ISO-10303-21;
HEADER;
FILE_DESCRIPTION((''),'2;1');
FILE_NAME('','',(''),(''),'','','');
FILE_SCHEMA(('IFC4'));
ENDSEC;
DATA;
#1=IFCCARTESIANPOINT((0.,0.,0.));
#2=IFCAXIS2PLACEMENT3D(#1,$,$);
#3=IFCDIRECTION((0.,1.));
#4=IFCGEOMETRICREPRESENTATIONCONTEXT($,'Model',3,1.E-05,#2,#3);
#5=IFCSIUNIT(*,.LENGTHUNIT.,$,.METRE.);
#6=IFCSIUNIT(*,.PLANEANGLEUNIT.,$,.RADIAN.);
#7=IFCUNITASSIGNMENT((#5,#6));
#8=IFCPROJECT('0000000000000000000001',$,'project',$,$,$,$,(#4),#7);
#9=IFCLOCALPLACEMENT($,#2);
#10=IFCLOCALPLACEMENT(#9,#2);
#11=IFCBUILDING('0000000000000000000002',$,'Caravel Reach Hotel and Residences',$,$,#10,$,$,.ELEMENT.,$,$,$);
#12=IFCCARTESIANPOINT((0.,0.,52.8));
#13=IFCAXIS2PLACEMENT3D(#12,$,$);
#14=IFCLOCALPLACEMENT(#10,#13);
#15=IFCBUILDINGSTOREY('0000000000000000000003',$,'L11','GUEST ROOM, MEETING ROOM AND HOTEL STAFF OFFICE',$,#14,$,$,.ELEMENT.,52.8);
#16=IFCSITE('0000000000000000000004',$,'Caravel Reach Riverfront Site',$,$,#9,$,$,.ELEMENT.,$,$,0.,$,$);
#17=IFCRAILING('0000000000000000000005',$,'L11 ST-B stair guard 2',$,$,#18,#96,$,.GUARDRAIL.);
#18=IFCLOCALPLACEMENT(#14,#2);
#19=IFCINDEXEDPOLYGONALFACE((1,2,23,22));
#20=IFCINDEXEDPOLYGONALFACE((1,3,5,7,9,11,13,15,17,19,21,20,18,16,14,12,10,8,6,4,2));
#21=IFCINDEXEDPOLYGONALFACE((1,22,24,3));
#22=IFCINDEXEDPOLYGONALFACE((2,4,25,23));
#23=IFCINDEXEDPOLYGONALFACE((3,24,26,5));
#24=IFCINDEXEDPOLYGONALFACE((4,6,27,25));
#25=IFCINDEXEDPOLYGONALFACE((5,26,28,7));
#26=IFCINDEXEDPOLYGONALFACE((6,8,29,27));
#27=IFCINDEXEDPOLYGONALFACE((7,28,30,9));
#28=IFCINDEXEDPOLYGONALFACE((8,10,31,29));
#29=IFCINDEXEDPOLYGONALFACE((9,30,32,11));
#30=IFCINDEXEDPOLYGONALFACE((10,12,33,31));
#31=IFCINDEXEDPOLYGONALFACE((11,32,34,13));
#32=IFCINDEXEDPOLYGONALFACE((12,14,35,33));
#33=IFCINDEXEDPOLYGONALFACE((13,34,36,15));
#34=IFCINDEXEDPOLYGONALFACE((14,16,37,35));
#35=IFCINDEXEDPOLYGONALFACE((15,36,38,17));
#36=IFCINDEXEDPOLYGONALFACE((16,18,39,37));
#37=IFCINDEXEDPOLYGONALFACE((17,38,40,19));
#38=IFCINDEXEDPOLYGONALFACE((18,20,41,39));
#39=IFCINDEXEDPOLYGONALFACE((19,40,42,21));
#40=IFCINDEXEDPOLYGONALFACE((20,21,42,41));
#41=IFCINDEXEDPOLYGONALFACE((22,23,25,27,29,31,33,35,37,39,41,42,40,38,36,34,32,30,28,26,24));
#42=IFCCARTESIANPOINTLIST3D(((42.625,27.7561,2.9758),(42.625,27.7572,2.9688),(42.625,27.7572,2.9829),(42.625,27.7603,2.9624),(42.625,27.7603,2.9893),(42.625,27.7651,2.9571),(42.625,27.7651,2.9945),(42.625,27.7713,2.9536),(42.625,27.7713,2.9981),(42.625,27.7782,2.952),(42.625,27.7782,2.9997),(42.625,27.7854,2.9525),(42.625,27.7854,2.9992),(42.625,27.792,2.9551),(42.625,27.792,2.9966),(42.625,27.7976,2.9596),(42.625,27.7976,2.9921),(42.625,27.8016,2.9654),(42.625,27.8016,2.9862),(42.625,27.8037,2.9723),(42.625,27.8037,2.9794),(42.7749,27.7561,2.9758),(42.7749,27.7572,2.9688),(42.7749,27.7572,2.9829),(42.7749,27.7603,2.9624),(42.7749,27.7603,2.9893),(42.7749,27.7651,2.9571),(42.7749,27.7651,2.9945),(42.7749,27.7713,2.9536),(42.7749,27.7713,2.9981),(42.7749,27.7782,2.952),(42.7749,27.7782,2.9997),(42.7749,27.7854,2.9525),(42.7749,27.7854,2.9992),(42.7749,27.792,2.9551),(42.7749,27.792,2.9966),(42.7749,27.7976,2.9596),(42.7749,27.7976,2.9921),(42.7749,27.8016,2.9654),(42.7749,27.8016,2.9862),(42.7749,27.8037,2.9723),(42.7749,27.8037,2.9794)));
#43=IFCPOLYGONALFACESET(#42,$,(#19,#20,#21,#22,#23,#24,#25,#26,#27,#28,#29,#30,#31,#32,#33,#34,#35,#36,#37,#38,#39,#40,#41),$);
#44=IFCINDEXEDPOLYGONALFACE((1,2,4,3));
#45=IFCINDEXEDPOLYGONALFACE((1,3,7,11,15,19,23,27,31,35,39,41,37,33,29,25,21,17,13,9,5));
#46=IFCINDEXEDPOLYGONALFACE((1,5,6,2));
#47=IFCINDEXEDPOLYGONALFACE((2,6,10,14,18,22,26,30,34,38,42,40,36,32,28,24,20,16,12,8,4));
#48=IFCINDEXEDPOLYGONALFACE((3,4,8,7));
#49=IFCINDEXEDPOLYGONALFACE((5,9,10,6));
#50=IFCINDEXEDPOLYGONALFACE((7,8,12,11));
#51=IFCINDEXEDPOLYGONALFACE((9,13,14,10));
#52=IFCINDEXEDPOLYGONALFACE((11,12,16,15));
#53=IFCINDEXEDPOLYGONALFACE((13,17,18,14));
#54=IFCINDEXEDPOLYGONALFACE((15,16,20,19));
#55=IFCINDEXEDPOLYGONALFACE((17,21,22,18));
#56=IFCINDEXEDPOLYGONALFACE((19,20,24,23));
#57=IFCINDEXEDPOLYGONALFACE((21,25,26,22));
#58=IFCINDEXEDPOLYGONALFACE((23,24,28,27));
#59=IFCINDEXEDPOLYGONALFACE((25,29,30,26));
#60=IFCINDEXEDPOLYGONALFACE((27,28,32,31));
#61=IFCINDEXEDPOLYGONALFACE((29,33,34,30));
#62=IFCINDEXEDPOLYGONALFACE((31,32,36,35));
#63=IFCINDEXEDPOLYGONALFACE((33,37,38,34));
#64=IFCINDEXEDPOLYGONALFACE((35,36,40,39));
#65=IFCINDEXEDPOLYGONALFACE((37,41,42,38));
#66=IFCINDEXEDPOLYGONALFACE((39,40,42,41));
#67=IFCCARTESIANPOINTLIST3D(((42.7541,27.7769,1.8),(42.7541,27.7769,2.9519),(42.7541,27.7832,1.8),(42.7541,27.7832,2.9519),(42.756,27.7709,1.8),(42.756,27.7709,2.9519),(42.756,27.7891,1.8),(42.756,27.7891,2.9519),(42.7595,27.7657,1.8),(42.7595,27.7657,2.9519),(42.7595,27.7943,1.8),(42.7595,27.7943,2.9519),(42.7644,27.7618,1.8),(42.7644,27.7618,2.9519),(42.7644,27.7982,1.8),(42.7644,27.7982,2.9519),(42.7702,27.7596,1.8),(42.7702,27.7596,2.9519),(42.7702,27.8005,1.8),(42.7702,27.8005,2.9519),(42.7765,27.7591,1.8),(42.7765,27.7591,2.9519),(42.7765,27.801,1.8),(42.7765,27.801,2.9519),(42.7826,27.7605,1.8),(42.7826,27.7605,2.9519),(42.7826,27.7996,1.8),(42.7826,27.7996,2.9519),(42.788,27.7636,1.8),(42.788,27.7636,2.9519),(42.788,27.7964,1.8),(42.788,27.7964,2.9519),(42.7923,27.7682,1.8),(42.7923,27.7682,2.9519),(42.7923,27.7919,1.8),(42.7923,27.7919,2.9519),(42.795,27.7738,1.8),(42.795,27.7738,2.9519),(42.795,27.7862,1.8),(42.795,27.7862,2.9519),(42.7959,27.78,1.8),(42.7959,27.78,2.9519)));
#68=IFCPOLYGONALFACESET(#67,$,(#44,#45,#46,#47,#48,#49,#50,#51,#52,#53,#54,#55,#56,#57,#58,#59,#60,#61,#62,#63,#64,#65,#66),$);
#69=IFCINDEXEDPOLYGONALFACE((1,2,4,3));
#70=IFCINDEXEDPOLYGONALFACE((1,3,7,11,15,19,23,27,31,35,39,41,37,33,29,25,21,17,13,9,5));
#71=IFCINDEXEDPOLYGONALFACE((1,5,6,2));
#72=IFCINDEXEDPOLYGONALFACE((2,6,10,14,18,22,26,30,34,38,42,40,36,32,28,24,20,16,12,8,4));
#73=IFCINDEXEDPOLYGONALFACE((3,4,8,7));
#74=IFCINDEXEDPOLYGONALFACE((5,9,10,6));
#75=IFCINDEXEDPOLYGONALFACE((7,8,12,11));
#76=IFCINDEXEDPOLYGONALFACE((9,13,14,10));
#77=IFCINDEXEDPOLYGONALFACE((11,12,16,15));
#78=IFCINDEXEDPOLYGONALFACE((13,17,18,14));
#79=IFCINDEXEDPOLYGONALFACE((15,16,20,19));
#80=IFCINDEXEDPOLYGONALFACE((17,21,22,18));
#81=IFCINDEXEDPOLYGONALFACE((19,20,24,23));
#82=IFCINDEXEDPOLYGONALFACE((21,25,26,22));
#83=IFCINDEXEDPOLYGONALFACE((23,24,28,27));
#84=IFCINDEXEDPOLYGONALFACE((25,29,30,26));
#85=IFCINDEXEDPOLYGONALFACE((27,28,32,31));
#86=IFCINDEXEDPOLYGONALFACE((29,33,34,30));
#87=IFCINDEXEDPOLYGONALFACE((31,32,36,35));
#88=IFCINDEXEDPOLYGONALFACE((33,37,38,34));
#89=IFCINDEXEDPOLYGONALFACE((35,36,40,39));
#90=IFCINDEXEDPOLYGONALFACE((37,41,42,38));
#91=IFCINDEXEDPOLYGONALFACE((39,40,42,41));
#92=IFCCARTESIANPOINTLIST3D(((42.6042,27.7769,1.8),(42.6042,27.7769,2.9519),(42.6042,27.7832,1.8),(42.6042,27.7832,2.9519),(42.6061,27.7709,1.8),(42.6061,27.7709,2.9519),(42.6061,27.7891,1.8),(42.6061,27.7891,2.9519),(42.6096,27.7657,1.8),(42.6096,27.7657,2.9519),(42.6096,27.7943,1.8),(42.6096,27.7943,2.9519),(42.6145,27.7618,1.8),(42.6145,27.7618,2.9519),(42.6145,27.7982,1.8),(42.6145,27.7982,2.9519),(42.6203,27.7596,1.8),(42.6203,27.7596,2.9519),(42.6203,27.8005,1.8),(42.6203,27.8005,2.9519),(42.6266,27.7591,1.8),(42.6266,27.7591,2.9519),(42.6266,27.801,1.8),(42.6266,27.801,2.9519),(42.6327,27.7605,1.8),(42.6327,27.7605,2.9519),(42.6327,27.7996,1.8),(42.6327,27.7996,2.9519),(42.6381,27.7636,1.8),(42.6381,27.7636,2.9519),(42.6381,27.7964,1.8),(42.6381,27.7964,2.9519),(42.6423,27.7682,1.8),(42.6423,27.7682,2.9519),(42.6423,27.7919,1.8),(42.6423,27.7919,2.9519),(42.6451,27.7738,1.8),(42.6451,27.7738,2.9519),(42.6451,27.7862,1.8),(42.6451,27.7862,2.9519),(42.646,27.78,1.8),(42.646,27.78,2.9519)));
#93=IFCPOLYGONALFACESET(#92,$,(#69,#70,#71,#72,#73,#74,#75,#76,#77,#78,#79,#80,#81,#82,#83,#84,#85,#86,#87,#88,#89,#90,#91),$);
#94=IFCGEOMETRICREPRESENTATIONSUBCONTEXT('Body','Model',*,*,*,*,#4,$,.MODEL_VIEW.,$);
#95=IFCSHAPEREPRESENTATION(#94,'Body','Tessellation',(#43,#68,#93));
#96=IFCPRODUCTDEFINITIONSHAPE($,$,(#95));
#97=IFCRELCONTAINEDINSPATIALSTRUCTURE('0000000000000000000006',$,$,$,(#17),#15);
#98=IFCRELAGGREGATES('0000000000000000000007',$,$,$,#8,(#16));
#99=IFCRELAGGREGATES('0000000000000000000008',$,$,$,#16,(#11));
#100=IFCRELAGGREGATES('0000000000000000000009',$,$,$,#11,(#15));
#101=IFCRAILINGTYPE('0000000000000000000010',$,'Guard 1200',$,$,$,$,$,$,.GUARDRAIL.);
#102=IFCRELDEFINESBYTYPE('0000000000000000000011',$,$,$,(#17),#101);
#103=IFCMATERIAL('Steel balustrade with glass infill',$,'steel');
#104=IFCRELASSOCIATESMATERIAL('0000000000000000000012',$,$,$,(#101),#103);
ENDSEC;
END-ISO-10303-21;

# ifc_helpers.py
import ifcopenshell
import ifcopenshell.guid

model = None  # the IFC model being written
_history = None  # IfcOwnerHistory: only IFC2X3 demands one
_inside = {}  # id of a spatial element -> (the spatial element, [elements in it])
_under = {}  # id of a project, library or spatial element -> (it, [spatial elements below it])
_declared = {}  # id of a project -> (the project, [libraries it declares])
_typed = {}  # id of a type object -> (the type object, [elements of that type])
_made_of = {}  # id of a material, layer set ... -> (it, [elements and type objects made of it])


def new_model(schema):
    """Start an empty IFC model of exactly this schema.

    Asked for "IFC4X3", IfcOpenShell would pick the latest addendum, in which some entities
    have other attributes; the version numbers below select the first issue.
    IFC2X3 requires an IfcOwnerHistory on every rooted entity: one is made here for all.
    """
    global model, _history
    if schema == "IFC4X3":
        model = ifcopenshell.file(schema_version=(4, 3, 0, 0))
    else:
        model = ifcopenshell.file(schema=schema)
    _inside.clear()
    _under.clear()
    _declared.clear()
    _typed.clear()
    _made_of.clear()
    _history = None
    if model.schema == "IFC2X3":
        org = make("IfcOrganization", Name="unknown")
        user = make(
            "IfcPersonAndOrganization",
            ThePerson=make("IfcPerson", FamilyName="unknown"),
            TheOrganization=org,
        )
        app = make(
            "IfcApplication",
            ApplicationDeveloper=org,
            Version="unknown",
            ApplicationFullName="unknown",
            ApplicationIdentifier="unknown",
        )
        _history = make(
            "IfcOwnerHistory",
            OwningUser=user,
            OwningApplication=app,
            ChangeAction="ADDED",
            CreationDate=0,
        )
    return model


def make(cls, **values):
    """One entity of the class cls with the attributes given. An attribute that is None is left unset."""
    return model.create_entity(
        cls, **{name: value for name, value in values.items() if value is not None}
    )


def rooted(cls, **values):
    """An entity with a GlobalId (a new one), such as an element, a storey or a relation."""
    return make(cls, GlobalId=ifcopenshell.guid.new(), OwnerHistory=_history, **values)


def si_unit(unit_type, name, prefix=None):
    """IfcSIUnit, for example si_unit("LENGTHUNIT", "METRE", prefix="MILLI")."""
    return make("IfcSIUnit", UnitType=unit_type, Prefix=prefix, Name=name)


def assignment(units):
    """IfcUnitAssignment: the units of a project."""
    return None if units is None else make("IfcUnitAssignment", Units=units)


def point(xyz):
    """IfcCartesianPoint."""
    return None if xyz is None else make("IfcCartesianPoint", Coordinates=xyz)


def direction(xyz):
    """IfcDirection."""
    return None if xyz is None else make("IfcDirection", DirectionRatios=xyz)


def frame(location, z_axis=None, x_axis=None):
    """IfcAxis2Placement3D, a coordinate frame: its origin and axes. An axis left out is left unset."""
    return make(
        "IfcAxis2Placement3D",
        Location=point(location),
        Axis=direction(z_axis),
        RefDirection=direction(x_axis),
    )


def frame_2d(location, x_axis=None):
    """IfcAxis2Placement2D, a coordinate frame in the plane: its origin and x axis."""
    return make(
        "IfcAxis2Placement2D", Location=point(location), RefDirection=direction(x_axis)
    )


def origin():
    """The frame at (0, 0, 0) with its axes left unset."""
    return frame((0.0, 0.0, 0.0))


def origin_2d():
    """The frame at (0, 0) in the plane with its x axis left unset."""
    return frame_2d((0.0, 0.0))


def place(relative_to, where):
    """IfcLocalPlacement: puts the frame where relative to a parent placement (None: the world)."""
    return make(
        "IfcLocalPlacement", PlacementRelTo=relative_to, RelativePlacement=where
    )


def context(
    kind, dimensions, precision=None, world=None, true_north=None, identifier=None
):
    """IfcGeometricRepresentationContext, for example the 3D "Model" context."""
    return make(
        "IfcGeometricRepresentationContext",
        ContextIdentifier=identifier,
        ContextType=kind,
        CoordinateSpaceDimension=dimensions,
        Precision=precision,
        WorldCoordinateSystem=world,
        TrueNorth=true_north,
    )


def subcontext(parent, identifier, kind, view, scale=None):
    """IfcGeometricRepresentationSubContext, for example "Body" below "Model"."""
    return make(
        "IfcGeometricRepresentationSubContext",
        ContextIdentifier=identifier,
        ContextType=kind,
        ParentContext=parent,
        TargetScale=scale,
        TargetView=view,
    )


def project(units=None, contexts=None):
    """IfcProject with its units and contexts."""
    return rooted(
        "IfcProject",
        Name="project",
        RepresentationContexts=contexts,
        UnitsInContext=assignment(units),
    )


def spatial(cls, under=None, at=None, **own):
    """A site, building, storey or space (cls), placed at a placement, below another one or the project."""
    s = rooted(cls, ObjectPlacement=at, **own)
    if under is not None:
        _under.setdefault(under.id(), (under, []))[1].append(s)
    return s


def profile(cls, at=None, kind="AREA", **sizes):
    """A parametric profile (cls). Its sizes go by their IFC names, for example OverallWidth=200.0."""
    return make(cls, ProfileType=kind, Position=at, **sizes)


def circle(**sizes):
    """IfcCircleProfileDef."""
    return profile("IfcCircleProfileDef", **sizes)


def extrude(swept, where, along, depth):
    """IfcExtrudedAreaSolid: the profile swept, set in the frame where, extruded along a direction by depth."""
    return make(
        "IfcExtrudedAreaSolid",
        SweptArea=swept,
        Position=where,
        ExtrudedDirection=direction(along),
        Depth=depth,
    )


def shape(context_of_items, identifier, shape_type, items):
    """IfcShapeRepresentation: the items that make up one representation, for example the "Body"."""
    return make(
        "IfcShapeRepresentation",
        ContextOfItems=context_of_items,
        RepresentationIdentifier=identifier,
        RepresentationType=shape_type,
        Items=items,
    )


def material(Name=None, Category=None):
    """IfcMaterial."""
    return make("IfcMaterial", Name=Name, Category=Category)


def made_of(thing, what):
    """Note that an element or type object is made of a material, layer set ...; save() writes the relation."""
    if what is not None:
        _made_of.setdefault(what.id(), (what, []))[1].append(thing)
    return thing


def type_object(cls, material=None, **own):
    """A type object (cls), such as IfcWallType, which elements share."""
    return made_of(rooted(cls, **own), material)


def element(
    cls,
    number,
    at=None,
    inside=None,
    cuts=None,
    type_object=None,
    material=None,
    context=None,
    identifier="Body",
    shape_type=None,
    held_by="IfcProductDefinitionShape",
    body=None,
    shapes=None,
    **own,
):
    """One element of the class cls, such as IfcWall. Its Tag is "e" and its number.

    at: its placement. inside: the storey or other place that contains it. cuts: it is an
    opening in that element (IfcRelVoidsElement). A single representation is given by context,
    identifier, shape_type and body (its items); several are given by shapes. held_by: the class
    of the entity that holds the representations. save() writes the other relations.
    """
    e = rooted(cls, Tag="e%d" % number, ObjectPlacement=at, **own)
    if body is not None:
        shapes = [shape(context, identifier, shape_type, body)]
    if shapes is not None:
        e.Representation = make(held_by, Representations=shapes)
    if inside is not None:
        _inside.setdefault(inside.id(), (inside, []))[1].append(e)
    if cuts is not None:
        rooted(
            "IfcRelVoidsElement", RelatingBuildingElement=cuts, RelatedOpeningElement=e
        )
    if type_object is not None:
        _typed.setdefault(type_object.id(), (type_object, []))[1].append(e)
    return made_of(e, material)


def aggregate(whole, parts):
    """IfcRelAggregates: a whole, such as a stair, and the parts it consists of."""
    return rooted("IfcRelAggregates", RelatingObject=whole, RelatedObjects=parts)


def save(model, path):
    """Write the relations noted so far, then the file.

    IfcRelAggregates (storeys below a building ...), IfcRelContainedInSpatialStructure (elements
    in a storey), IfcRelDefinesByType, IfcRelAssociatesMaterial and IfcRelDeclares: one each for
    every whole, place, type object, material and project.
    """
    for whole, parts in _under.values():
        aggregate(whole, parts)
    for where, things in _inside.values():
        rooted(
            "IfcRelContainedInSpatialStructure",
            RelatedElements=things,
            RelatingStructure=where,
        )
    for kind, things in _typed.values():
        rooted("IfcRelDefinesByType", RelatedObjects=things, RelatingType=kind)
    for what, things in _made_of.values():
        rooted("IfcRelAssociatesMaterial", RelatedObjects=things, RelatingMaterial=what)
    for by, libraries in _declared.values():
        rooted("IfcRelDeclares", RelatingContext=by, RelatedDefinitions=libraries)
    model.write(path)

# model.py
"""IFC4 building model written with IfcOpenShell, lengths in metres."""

from ifc_helpers import new_model, si_unit, direction, frame, origin, origin_2d, place, context, subcontext, project, spatial, circle, extrude, material, type_object, element, save


model = new_model("IFC4")

# Units and contexts
model_context = context("Model", 3, precision=1e-05, world=origin(), true_north=direction((0.0, 1.0)))
body_context = subcontext(model_context, "Body", "Model", "MODEL_VIEW")
ifc_project = project(units=[si_unit("LENGTHUNIT", "METRE"), si_unit("PLANEANGLEUNIT", "RADIAN")], contexts=[model_context])

# Site, building, storey
site_placement = place(None, origin())
site = spatial("IfcSite", under=ifc_project, at=site_placement, Name="Caravel Reach Riverfront Site", CompositionType="ELEMENT", RefElevation=0.0)
building_placement = place(site_placement, origin())
building = spatial("IfcBuilding", under=site, at=building_placement, Name="Caravel Reach Hotel and Residences", CompositionType="ELEMENT")
storey_placement = place(building_placement, frame((0.0, 0.0, 52.8)))
storey = spatial("IfcBuildingStorey", under=building, at=storey_placement, Name="L11", Description="GUEST ROOM, MEETING ROOM AND HOTEL STAFF OFFICE", CompositionType="ELEMENT", Elevation=52.8)

# Railing
ifc_material_1 = material(Name="Steel balustrade with glass infill", Category="steel")
railing_type_1 = type_object("IfcRailingType", Name="Guard 1200", PredefinedType="GUARDRAIL", material=ifc_material_1)
railing_1_placement = place(storey_placement, frame((42.7749, 27.78, 1.8)))
element("IfcRailing", 1, at=railing_1_placement, inside=storey, type_object=railing_type_1, Name="L11 ST-B stair guard 2", PredefinedType="GUARDRAIL", context=body_context, shape_type="SweptSolid", body=[
    extrude(circle(Radius=0.0239, at=origin_2d()), frame((0.0, 0.0, 1.1758), z_axis=(-1.0, 0.0, 0.0), x_axis=(0.0, -1.0, 0.0)), (0.0, 0.0, 1.0), 0.1499),
    extrude(circle(Radius=0.021, at=origin_2d()), origin(), (0.0, 0.0, 1.0), 1.1519),
    extrude(circle(Radius=0.021, at=origin_2d()), frame((-0.1499, 0.0, 0.0)), (0.0, 0.0, 1.0), 1.1519),
])

save(model, "model.ifc")
